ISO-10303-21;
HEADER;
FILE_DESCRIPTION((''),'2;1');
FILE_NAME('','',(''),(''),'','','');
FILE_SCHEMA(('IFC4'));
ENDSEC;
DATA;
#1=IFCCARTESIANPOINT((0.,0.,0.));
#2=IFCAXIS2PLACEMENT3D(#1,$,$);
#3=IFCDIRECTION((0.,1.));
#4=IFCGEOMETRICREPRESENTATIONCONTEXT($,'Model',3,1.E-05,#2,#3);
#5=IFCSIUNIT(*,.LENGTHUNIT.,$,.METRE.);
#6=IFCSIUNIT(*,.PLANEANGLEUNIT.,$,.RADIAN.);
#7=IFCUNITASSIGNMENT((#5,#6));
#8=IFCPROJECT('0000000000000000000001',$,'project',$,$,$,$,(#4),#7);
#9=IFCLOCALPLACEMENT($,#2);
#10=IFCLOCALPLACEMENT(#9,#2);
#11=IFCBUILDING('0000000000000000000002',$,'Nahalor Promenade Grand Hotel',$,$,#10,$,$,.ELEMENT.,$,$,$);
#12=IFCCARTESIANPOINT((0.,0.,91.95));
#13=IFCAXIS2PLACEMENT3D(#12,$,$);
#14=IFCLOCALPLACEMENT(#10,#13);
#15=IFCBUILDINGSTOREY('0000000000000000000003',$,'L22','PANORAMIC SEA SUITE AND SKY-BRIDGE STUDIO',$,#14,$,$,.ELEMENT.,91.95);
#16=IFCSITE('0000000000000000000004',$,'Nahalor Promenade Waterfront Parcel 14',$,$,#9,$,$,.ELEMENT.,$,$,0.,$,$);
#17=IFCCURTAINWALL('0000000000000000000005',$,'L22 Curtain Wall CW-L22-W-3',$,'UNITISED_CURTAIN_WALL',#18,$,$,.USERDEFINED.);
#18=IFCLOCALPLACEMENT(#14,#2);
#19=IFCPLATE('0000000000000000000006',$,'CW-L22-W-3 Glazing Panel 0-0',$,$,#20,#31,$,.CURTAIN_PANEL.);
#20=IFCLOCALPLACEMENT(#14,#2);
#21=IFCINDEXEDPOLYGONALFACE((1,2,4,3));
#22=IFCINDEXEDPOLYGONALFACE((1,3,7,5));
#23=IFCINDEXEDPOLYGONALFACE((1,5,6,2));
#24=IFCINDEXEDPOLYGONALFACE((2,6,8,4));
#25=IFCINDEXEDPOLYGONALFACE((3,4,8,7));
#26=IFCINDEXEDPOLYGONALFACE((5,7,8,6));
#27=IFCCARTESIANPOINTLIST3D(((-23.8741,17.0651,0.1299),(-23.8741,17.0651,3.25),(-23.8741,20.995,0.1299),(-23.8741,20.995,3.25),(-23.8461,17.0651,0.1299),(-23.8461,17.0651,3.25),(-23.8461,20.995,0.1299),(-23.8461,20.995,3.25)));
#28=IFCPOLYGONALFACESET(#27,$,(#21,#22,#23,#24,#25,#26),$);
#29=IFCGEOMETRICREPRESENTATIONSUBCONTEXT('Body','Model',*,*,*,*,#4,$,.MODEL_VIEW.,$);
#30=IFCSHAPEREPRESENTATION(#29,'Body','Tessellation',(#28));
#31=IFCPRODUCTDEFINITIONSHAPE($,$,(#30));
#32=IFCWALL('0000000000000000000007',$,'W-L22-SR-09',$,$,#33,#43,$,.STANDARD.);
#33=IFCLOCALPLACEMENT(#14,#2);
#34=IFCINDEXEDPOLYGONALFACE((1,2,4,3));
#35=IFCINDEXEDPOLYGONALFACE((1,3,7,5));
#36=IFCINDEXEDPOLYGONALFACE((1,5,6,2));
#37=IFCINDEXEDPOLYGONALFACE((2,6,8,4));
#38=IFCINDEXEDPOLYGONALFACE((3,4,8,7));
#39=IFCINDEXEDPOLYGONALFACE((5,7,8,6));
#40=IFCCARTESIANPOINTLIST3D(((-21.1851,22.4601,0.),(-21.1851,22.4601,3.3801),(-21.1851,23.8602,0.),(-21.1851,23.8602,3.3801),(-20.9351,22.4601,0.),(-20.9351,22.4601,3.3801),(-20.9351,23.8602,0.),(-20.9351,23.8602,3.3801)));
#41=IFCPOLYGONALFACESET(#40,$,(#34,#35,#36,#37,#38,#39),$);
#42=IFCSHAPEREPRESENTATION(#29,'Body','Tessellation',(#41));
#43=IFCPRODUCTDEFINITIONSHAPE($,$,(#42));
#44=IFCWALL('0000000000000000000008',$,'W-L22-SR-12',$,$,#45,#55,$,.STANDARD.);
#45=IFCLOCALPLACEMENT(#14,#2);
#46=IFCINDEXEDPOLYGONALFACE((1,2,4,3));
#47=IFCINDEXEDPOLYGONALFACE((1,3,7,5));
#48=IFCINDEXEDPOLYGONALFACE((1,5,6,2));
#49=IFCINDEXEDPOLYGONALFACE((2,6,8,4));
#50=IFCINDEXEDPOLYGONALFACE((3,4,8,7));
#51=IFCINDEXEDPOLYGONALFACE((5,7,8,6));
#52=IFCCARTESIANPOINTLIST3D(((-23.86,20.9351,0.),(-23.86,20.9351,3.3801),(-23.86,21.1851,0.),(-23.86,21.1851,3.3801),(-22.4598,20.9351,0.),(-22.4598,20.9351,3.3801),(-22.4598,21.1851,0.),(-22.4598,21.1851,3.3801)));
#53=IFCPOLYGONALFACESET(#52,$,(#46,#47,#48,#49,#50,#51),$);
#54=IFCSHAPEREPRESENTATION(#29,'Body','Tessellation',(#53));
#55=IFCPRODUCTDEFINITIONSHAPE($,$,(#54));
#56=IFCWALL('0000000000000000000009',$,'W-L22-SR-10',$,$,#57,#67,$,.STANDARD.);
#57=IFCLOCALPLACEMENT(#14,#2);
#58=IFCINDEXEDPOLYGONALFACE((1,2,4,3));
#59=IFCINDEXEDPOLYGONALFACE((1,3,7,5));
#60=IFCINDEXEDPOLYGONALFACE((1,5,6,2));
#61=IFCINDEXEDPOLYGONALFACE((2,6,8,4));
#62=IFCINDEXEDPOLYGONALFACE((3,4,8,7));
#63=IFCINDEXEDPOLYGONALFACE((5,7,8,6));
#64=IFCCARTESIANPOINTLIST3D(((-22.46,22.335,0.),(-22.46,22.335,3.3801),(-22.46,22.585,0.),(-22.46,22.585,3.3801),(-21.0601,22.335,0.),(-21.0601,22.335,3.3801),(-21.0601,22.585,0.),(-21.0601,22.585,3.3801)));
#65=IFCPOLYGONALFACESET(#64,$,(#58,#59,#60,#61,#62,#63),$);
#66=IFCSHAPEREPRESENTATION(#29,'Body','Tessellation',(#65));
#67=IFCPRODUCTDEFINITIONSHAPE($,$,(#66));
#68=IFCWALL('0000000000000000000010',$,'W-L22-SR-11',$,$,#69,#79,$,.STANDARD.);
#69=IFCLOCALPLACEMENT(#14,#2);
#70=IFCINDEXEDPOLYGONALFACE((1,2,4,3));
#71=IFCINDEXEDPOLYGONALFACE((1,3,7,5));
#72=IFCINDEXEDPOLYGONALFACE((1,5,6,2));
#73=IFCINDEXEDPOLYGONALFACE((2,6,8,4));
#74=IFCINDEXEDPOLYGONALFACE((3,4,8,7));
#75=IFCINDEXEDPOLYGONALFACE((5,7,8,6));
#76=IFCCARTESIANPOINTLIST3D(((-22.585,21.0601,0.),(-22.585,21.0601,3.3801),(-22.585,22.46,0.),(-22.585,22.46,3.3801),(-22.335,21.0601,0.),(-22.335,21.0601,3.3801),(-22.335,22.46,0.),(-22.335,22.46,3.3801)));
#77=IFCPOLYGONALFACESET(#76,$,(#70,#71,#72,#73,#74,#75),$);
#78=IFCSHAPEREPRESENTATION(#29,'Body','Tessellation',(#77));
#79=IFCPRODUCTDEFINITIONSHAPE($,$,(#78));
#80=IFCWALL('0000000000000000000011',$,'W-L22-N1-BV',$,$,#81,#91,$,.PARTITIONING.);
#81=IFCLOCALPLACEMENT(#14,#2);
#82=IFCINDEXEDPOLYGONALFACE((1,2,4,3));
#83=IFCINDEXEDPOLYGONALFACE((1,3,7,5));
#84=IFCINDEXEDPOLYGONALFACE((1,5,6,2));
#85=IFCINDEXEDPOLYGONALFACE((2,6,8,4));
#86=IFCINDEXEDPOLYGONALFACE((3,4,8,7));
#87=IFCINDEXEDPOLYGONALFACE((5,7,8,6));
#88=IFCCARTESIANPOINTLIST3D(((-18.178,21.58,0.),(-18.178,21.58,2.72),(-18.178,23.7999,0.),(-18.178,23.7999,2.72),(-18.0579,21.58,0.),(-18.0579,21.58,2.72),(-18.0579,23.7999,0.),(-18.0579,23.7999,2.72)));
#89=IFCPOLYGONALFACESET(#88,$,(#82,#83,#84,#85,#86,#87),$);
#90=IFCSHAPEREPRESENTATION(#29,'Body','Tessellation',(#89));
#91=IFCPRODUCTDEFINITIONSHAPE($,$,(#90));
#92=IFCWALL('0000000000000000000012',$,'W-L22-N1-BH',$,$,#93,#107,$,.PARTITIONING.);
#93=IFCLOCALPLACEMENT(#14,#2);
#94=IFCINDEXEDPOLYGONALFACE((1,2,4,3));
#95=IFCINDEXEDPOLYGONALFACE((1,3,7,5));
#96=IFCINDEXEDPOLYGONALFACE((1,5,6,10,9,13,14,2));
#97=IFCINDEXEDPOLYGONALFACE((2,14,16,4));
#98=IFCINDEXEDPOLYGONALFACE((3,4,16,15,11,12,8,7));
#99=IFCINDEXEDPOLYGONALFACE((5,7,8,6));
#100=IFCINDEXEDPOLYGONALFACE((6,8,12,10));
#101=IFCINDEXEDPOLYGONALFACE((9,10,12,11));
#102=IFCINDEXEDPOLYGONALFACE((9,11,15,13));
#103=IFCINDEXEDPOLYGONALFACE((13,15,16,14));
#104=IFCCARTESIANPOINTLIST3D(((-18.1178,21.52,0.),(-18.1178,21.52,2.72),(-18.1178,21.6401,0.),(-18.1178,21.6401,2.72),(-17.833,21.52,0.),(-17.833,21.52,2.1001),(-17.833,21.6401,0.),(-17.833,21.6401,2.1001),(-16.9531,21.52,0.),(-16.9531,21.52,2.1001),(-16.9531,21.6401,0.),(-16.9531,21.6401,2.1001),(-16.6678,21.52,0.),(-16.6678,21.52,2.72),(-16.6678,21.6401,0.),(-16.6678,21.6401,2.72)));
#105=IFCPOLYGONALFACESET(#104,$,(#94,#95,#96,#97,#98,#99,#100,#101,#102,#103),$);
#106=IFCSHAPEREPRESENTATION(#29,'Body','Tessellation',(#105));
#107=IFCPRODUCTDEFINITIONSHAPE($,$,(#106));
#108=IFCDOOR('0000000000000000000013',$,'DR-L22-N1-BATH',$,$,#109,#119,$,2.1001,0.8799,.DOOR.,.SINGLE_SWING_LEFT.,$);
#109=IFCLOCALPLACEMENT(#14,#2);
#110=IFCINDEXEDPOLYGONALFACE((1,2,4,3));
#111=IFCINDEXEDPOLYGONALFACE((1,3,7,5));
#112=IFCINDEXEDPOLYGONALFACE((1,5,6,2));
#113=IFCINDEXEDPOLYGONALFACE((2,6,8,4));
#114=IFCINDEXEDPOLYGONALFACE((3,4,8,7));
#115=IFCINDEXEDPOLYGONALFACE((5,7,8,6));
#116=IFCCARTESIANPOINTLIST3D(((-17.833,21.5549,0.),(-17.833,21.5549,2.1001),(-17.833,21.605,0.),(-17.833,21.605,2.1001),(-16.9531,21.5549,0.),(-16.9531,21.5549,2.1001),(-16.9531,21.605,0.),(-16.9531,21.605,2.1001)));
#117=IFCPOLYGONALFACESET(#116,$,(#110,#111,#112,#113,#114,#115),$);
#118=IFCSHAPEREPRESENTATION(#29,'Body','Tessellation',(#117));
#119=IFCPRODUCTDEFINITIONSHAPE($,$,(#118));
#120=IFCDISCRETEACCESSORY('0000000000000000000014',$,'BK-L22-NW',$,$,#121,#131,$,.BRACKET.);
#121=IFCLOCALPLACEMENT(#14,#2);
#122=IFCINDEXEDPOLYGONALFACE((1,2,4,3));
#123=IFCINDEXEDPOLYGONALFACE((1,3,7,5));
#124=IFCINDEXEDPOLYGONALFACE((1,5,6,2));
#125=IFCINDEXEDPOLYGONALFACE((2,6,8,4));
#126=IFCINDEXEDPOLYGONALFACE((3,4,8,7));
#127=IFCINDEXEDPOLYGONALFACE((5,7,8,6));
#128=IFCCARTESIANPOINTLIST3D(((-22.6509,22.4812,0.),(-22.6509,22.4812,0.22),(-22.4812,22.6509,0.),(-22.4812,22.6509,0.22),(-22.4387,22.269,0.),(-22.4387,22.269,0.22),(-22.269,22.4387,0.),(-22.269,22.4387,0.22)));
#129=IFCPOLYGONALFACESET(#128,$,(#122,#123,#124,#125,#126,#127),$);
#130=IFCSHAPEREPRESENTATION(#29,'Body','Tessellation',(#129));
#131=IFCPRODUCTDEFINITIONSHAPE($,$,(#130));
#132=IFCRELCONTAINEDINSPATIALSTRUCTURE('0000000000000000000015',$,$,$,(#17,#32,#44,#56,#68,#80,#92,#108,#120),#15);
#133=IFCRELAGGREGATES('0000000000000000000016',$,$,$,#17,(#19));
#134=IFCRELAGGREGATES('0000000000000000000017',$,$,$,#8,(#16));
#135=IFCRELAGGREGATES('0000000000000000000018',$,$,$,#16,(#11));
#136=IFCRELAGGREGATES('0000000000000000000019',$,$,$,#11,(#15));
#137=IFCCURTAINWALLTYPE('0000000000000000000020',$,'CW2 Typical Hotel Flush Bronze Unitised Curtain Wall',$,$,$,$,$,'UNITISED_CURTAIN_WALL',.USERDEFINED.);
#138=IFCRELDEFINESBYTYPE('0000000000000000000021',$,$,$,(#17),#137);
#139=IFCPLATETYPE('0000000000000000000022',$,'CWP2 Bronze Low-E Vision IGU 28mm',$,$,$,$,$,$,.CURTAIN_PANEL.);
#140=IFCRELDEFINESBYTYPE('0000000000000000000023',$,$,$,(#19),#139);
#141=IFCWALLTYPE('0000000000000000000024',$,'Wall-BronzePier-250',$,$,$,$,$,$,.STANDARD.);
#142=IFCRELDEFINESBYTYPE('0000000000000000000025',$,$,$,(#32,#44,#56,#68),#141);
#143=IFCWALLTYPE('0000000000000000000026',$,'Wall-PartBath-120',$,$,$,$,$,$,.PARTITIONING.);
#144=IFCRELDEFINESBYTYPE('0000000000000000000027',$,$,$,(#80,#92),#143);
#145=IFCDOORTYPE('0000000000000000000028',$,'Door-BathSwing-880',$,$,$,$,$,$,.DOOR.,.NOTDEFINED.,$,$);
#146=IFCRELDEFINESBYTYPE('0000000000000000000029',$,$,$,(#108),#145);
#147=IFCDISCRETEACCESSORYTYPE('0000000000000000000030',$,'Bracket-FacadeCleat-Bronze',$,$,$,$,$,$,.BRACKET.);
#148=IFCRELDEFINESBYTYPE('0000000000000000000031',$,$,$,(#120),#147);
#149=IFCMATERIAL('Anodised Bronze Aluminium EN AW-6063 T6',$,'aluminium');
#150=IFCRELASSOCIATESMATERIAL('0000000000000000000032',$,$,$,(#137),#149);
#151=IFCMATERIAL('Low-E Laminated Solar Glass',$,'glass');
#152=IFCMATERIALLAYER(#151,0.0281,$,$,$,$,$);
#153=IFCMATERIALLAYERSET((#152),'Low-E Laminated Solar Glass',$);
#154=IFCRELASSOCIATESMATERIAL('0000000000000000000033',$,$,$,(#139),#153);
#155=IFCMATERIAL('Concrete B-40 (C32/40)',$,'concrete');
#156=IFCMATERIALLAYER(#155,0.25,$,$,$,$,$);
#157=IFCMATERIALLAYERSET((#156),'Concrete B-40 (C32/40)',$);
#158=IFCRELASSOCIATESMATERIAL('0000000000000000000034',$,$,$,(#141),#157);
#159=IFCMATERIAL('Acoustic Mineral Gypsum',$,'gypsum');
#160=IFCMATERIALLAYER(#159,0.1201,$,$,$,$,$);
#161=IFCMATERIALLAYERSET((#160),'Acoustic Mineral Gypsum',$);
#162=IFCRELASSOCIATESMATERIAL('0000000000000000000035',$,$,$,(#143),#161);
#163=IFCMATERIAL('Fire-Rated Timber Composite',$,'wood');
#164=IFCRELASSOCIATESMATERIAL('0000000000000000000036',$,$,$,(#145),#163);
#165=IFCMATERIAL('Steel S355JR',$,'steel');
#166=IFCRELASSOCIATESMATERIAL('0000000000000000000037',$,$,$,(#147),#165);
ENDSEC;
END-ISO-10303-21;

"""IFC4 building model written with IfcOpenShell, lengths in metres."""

from ifc_helpers import new_model, si_unit, direction, frame, frame_2d, origin, origin_2d, place, context, subcontext, project, spatial, rectangle, extrude, source, transform, mapped, material, layer, layer_set, type_object, element, fill, aggregate, save


model = new_model("IFC4")

# Units and contexts
model_context = context("Model", 3, precision=1e-05, world=origin(), true_north=direction((0.0, 1.0)))
body_context = subcontext(model_context, "Body", "Model", "MODEL_VIEW")
ifc_project = project(units=[si_unit("LENGTHUNIT", "METRE"), si_unit("PLANEANGLEUNIT", "RADIAN")], contexts=[model_context])

# Site, building, storey
site_placement = place(None, origin())
site = spatial("IfcSite", under=ifc_project, at=site_placement, Name="Nahalor Promenade Waterfront Parcel 14", CompositionType="ELEMENT", RefElevation=0.0)
building_placement = place(site_placement, origin())
building = spatial("IfcBuilding", under=site, at=building_placement, Name="Nahalor Promenade Grand Hotel", CompositionType="ELEMENT")
storey_placement = place(building_placement, frame((0.0, 0.0, 91.95)))
storey = spatial("IfcBuildingStorey", under=building, at=storey_placement, Name="L22", Description="PANORAMIC SEA SUITE AND SKY-BRIDGE STUDIO", CompositionType="ELEMENT", Elevation=91.95)

# Shared definitions
ifc_material_1 = material(Name="Steel S355JR", Category="steel")

# Curtain wall
ifc_material_2 = material(Name="Anodised Bronze Aluminium EN AW-6063 T6", Category="aluminium")
curtain_wall_type = type_object("IfcCurtainWallType", Name="CW2 Typical Hotel Flush Bronze Unitised Curtain Wall", ElementType="UNITISED_CURTAIN_WALL", PredefinedType="USERDEFINED", material=ifc_material_2)
curtain_wall_1_placement = place(storey_placement, origin())
curtain_wall_1 = element("IfcCurtainWall", 1, at=curtain_wall_1_placement, inside=storey, type_object=curtain_wall_type, Name="L22 Curtain Wall CW-L22-W-3", ObjectType="UNITISED_CURTAIN_WALL", PredefinedType="USERDEFINED")

# Plate
ifc_material_3 = material(Name="Low-E Laminated Solar Glass", Category="glass")
ifc_layer_1 = layer(ifc_material_3, 0.0281)
ifc_layer_set_1 = layer_set([ifc_layer_1], Name="Low-E Laminated Solar Glass")
plate_type_1 = type_object("IfcPlateType", Name="CWP2 Bronze Low-E Vision IGU 28mm", PredefinedType="CURTAIN_PANEL", material=ifc_layer_set_1)
shared_shape_1 = source(origin(), body_context, "Body", "SweptSolid", [
    extrude(rectangle(XDim=3.9299, YDim=0.0281, at=origin_2d()), origin(), (0.0, 0.0, 1.0), 3.1201),
])
plate_1_placement = place(storey_placement, frame((-23.8601, 19.03, 0.1299), z_axis=(0.0, 0.0, 1.0), x_axis=(0.0, 1.0, 0.0)))
plate_1 = element("IfcPlate", 2, at=plate_1_placement, type_object=plate_type_1, Name="CW-L22-W-3 Glazing Panel 0-0", PredefinedType="CURTAIN_PANEL", context=body_context, shape_type="MappedRepresentation", body=[
    mapped(shared_shape_1, transform((0.0, 0.0, 0.0), scale=1.0)),
])
aggregate(curtain_wall_1, [plate_1])

# Walls
ifc_material_4 = material(Name="Concrete B-40 (C32/40)", Category="concrete")
ifc_layer_2 = layer(ifc_material_4, 0.25)
ifc_layer_set_2 = layer_set([ifc_layer_2], Name="Concrete B-40 (C32/40)")
wall_type_1 = type_object("IfcWallType", Name="Wall-BronzePier-250", PredefinedType="STANDARD", material=ifc_layer_set_2)
shared_shape_2 = source(origin(), body_context, "Body", "SweptSolid", [
    extrude(rectangle(XDim=1.4001, YDim=0.25, at=frame_2d((0.7002, 0.0))), origin(), (0.0, 0.0, 1.0), 3.3801),
])
for number, where, z_axis, x_axis, name in (
    (3, (-21.0601, 22.46, 0.0), (0.0, 0.0, 1.0), (0.0, 1.0, 0.0), "W-L22-SR-09"),
    (4, (-23.8601, 21.0601, 0.0), (0.0, 0.0, 1.0), (1.0, 0.0, 0.0), "W-L22-SR-12"),
):
    element("IfcWall", number, at=place(storey_placement, frame(where, z_axis=z_axis, x_axis=x_axis)), inside=storey, type_object=wall_type_1, Name=name, PredefinedType="STANDARD", context=body_context, shape_type="MappedRepresentation", body=[
        mapped(shared_shape_2, transform((0.0, 0.0, 0.0), scale=1.0)),
    ])
shared_shape_3 = source(origin(), body_context, "Body", "SweptSolid", [
    extrude(rectangle(XDim=1.3999, YDim=0.25, at=frame_2d((0.7, 0.0))), origin(), (0.0, 0.0, 1.0), 3.3801),
])
for number, where, z_axis, x_axis, name in (
    (5, (-22.46, 22.46, 0.0), (0.0, 0.0, 1.0), (1.0, 0.0, 0.0), "W-L22-SR-10"),
    (6, (-22.46, 21.0601, 0.0), (0.0, 0.0, 1.0), (0.0, 1.0, 0.0), "W-L22-SR-11"),
):
    element("IfcWall", number, at=place(storey_placement, frame(where, z_axis=z_axis, x_axis=x_axis)), inside=storey, type_object=wall_type_1, Name=name, PredefinedType="STANDARD", context=body_context, shape_type="MappedRepresentation", body=[
        mapped(shared_shape_3, transform((0.0, 0.0, 0.0), scale=1.0)),
    ])
ifc_material_5 = material(Name="Acoustic Mineral Gypsum", Category="gypsum")
ifc_layer_3 = layer(ifc_material_5, 0.1201)
ifc_layer_set_3 = layer_set([ifc_layer_3], Name="Acoustic Mineral Gypsum")
wall_type_2 = type_object("IfcWallType", Name="Wall-PartBath-120", PredefinedType="PARTITIONING", material=ifc_layer_set_3)
shared_shape_4 = source(origin(), body_context, "Body", "SweptSolid", [
    extrude(rectangle(XDim=2.22, YDim=0.1201, at=frame_2d((1.1099, 0.0))), origin(), (0.0, 0.0, 1.0), 2.72),
])
wall_1_placement = place(storey_placement, frame((-18.1179, 21.5801, 0.0), z_axis=(0.0, 0.0, 1.0), x_axis=(0.0, 1.0, 0.0)))
element("IfcWall", 7, at=wall_1_placement, inside=storey, type_object=wall_type_2, Name="W-L22-N1-BV", PredefinedType="PARTITIONING", context=body_context, shape_type="MappedRepresentation", body=[
    mapped(shared_shape_4, transform((0.0, 0.0, 0.0), scale=1.0)),
])

# Wall, opening, door
shared_shape_5 = source(origin(), body_context, "Body", "SweptSolid", [
    extrude(rectangle(XDim=1.45, YDim=0.1201, at=frame_2d((0.7251, 0.0))), origin(), (0.0, 0.0, 1.0), 2.72),
])
wall_2_placement = place(storey_placement, frame((-18.1179, 21.5801, 0.0), z_axis=(0.0, 0.0, 1.0), x_axis=(1.0, 0.0, 0.0)))
wall_2 = element("IfcWall", 8, at=wall_2_placement, inside=storey, type_object=wall_type_2, Name="W-L22-N1-BH", PredefinedType="PARTITIONING", context=body_context, shape_type="MappedRepresentation", body=[
    mapped(shared_shape_5, transform((0.0, 0.0, 0.0), scale=1.0)),
])
opening_placement = place(wall_2_placement, frame((0.2849, 0.0, 0.0)))
opening = element("IfcOpeningElement", 9, at=opening_placement, cuts=wall_2, PredefinedType="OPENING", context=body_context, shape_type="SweptSolid", body=[
    extrude(rectangle(XDim=0.8799, YDim=2.1001, at=frame_2d((0.4399, 1.05))), frame((0.0, 0.0701, 0.0), z_axis=(0.0, -1.0, 0.0), x_axis=(1.0, 0.0, 0.0)), (0.0, 0.0, 1.0), 0.1401),
])
ifc_material_6 = material(Name="Fire-Rated Timber Composite", Category="wood")
door_type = type_object("IfcDoorType", Name="Door-BathSwing-880", OperationType="NOTDEFINED", PredefinedType="DOOR", material=ifc_material_6)
shared_shape_6 = source(origin(), body_context, "Body", "SweptSolid", [
    extrude(rectangle(XDim=0.8799, YDim=2.1001, at=frame_2d((0.4399, 1.05))), frame((0.0, 0.0249, 0.0), z_axis=(0.0, -1.0, 0.0), x_axis=(1.0, 0.0, 0.0)), (0.0, 0.0, 1.0), 0.05),
])
door_placement = place(opening_placement, origin())
door = element("IfcDoor", 10, at=door_placement, inside=storey, type_object=door_type, Name="DR-L22-N1-BATH", OperationType="SINGLE_SWING_LEFT", OverallHeight=2.1001, OverallWidth=0.8799, PredefinedType="DOOR", context=body_context, shape_type="MappedRepresentation", body=[
    mapped(shared_shape_6, transform((0.0, 0.0, 0.0), scale=1.0)),
])
fill(opening, door)

# Discrete accessory
discrete_accessory_type = type_object("IfcDiscreteAccessoryType", Name="Bracket-FacadeCleat-Bronze", PredefinedType="BRACKET", material=ifc_material_1)
shared_shape_7 = source(origin(), body_context, "Body", "SweptSolid", [
    extrude(rectangle(XDim=0.3, YDim=0.24, at=origin_2d()), origin(), (0.0, 0.0, 1.0), 0.22),
])
discrete_accessory_placement = place(storey_placement, frame((-22.46, 22.46, 0.0), z_axis=(0.0, 0.0, 1.0), x_axis=(-0.707107, 0.707107, 0.0)))
element("IfcDiscreteAccessory", 11, at=discrete_accessory_placement, inside=storey, type_object=discrete_accessory_type, Name="BK-L22-NW", PredefinedType="BRACKET", context=body_context, shape_type="MappedRepresentation", body=[
    mapped(shared_shape_7, transform((0.0, 0.0, 0.0), scale=1.0)),
])

save(model, "model.ifc")
